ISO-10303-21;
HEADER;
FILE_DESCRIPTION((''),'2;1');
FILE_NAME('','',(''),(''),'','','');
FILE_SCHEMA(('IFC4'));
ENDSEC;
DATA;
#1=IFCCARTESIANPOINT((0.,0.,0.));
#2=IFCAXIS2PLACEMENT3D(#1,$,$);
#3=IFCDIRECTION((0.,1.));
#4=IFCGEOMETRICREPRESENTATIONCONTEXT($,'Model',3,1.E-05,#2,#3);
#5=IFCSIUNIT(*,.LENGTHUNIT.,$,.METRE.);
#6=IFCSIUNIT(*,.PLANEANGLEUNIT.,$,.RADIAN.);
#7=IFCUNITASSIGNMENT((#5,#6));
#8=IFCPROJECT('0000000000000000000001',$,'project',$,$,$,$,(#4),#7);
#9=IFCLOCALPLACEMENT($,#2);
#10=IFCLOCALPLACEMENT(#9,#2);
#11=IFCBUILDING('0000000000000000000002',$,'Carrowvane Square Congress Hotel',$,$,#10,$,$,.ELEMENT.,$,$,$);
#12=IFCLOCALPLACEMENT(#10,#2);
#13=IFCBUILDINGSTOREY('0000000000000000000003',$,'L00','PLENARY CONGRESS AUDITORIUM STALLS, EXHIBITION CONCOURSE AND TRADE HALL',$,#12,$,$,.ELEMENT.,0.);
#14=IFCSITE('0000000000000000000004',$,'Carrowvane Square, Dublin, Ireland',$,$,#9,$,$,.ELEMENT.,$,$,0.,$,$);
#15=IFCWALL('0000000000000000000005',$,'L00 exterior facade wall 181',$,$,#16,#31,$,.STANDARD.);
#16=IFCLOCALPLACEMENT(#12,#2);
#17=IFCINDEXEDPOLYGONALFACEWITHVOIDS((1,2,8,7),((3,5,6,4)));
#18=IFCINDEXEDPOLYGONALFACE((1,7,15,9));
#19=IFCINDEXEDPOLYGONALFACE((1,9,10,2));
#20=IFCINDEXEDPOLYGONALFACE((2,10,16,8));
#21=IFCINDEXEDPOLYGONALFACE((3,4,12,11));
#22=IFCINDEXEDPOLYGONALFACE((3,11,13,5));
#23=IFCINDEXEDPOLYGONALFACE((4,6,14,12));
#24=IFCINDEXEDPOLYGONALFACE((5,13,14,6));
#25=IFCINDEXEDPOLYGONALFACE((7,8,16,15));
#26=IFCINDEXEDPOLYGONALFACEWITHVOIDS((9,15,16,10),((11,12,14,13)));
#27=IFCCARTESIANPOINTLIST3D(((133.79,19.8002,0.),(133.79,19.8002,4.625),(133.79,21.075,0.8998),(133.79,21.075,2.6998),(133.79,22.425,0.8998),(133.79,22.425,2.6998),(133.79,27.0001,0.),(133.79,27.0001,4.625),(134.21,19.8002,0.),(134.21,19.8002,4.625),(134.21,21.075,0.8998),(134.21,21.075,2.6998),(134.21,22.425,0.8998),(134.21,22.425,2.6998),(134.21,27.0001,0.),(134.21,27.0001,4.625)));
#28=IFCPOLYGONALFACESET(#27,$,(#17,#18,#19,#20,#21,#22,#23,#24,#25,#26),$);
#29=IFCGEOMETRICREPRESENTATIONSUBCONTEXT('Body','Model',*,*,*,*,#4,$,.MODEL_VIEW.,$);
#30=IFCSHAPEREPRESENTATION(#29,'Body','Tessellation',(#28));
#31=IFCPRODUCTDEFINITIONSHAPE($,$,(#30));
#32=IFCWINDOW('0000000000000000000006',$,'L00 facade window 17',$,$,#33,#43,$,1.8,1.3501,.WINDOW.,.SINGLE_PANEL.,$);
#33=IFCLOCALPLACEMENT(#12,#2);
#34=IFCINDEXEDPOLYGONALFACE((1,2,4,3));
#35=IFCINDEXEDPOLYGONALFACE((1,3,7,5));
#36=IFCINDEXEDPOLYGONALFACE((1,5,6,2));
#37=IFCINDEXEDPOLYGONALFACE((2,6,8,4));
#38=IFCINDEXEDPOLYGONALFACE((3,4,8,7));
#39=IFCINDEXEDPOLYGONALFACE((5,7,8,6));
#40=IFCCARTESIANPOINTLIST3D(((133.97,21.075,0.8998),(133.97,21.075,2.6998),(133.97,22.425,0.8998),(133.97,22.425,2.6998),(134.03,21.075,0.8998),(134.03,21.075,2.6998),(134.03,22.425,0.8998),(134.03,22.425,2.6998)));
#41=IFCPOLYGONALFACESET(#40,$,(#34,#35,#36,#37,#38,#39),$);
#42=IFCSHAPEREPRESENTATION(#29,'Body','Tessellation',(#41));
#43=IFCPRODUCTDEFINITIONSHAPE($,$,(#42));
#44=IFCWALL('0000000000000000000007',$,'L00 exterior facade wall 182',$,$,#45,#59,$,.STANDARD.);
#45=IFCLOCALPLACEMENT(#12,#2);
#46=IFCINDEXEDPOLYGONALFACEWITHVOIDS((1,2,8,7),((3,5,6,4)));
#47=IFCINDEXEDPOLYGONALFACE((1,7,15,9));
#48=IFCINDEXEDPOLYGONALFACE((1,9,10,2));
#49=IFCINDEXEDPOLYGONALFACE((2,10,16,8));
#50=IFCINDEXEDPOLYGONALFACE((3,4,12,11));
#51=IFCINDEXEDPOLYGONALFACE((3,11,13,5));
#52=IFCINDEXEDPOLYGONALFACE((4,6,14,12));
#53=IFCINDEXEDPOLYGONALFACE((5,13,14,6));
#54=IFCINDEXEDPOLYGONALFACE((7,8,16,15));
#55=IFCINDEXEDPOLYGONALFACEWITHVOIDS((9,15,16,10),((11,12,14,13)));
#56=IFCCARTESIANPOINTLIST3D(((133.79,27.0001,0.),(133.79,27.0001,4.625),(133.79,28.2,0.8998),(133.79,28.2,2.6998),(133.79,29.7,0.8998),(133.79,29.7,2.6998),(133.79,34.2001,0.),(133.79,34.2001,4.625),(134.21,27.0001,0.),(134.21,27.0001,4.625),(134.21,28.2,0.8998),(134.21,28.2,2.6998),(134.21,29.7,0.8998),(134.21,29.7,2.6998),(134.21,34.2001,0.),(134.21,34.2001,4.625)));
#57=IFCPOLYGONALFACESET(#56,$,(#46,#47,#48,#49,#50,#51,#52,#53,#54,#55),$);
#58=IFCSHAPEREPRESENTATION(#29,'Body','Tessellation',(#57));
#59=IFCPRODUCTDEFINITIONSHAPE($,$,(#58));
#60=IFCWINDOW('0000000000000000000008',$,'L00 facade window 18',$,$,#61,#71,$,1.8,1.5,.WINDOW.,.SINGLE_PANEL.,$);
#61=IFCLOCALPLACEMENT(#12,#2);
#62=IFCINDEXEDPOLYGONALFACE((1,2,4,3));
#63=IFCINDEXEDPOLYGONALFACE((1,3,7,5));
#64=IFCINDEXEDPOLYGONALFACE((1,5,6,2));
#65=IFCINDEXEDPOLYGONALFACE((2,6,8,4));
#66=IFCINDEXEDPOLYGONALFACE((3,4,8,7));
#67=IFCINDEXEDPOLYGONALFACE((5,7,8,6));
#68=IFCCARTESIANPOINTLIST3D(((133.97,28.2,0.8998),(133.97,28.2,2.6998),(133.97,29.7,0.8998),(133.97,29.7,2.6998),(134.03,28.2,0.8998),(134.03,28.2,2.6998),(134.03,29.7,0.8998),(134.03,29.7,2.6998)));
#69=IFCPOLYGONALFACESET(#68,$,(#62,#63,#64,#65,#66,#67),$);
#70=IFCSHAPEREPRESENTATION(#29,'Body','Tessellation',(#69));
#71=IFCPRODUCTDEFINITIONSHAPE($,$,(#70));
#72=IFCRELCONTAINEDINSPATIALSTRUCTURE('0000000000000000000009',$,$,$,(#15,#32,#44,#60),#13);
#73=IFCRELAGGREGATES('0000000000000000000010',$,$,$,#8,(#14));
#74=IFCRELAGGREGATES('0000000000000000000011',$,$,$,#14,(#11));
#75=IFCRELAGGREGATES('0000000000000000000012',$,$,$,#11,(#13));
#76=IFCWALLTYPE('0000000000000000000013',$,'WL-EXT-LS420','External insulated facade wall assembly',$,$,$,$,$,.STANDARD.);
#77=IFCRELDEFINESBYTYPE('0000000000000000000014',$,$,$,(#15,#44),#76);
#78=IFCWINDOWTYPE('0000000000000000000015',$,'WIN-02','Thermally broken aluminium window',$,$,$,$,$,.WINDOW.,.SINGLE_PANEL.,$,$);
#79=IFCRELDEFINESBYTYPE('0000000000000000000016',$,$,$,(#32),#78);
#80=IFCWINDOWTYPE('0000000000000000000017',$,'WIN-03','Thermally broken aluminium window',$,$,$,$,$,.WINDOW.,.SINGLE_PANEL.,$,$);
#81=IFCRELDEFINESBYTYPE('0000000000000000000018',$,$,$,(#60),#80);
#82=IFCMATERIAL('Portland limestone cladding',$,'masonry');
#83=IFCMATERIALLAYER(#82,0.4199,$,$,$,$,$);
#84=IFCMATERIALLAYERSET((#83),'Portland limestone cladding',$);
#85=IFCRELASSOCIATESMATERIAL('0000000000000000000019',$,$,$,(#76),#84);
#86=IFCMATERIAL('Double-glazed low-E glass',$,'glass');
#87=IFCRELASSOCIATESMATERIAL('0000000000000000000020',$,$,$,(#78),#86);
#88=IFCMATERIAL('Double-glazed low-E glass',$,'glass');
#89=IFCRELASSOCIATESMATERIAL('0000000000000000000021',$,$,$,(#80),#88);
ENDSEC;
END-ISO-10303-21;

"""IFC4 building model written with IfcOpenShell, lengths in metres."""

from ifc_helpers import new_model, si_unit, direction, frame, frame_2d, origin, place, context, subcontext, project, spatial, rectangle, extrude, material, layer, layer_set, type_object, element, fill, save


model = new_model("IFC4")

# Units and contexts
model_context = context("Model", 3, precision=1e-05, world=origin(), true_north=direction((0.0, 1.0)))
body_context = subcontext(model_context, "Body", "Model", "MODEL_VIEW")
ifc_project = project(units=[si_unit("LENGTHUNIT", "METRE"), si_unit("PLANEANGLEUNIT", "RADIAN")], contexts=[model_context])

# Site, building, storey
site_placement = place(None, origin())
site = spatial("IfcSite", under=ifc_project, at=site_placement, Name="Carrowvane Square, Dublin, Ireland", CompositionType="ELEMENT", RefElevation=0.0)
building_placement = place(site_placement, origin())
building = spatial("IfcBuilding", under=site, at=building_placement, Name="Carrowvane Square Congress Hotel", CompositionType="ELEMENT")
storey_placement = place(building_placement, origin())
storey = spatial("IfcBuildingStorey", under=building, at=storey_placement, Name="L00", Description="PLENARY CONGRESS AUDITORIUM STALLS, EXHIBITION CONCOURSE AND TRADE HALL", CompositionType="ELEMENT", Elevation=0.0)

# Walls, openings, windows
ifc_material_1 = material(Name="Portland limestone cladding", Category="masonry")
ifc_layer = layer(ifc_material_1, 0.4199)
ifc_layer_set = layer_set([ifc_layer], Name="Portland limestone cladding")
wall_type = type_object("IfcWallType", Name="WL-EXT-LS420", Description="External insulated facade wall assembly", PredefinedType="STANDARD", material=ifc_layer_set)
wall_1_placement = place(storey_placement, frame((134.0, 19.8, 0.0), z_axis=(0.0, 0.0, 1.0), x_axis=(0.0, 1.0, 0.0)))
wall_1 = element("IfcWall", 1, at=wall_1_placement, inside=storey, type_object=wall_type, Name="L00 exterior facade wall 181", PredefinedType="STANDARD", context=body_context, shape_type="SweptSolid", body=[
    extrude(rectangle(XDim=7.2, YDim=0.4199, at=frame_2d((3.6001, 0.0))), origin(), (0.0, 0.0, 1.0), 4.625),
])
opening_1_placement = place(wall_1_placement, frame((1.2749, 0.0, 0.8999)))
opening_1 = element("IfcOpeningElement", 2, at=opening_1_placement, cuts=wall_1, PredefinedType="OPENING", context=body_context, shape_type="SweptSolid", body=[
    extrude(rectangle(XDim=1.3501, YDim=1.8, at=frame_2d((0.675, 0.8999))), frame((0.0, 0.22, 0.0), z_axis=(0.0, -1.0, 0.0), x_axis=(1.0, 0.0, 0.0)), (0.0, 0.0, 1.0), 0.4399),
])
ifc_material_2 = material(Name="Double-glazed low-E glass", Category="glass")
window_type_1 = type_object("IfcWindowType", Name="WIN-02", Description="Thermally broken aluminium window", PartitioningType="SINGLE_PANEL", PredefinedType="WINDOW", material=ifc_material_2)
window_1_placement = place(opening_1_placement, origin())
window_1 = element("IfcWindow", 3, at=window_1_placement, inside=storey, type_object=window_type_1, Name="L00 facade window 17", OverallHeight=1.8, OverallWidth=1.3501, PartitioningType="SINGLE_PANEL", PredefinedType="WINDOW", context=body_context, shape_type="SweptSolid", body=[
    extrude(rectangle(XDim=1.3501, YDim=1.8, at=frame_2d((0.675, 0.8999))), frame((0.0, 0.03, 0.0), z_axis=(0.0, -1.0, 0.0), x_axis=(1.0, 0.0, 0.0)), (0.0, 0.0, 1.0), 0.0601),
])
fill(opening_1, window_1)
wall_2_placement = place(storey_placement, frame((134.0, 27.0, 0.0), z_axis=(0.0, 0.0, 1.0), x_axis=(0.0, 1.0, 0.0)))
wall_2 = element("IfcWall", 4, at=wall_2_placement, inside=storey, type_object=wall_type, Name="L00 exterior facade wall 182", PredefinedType="STANDARD", context=body_context, shape_type="SweptSolid", body=[
    extrude(rectangle(XDim=7.2, YDim=0.4199, at=frame_2d((3.6001, 0.0))), origin(), (0.0, 0.0, 1.0), 4.625),
])
opening_2_placement = place(wall_2_placement, frame((1.2, 0.0, 0.8999)))
opening_2 = element("IfcOpeningElement", 5, at=opening_2_placement, cuts=wall_2, PredefinedType="OPENING", context=body_context, shape_type="SweptSolid", body=[
    extrude(rectangle(XDim=1.5, YDim=1.8, at=frame_2d((0.75, 0.8999))), frame((0.0, 0.22, 0.0), z_axis=(0.0, -1.0, 0.0), x_axis=(1.0, 0.0, 0.0)), (0.0, 0.0, 1.0), 0.4399),
])
ifc_material_3 = material(Name="Double-glazed low-E glass", Category="glass")
window_type_2 = type_object("IfcWindowType", Name="WIN-03", Description="Thermally broken aluminium window", PartitioningType="SINGLE_PANEL", PredefinedType="WINDOW", material=ifc_material_3)
window_2_placement = place(opening_2_placement, origin())
window_2 = element("IfcWindow", 6, at=window_2_placement, inside=storey, type_object=window_type_2, Name="L00 facade window 18", OverallHeight=1.8, OverallWidth=1.5, PartitioningType="SINGLE_PANEL", PredefinedType="WINDOW", context=body_context, shape_type="SweptSolid", body=[
    extrude(rectangle(XDim=1.5, YDim=1.8, at=frame_2d((0.75, 0.8999))), frame((0.0, 0.03, 0.0), z_axis=(0.0, -1.0, 0.0), x_axis=(1.0, 0.0, 0.0)), (0.0, 0.0, 1.0), 0.0601),
])
fill(opening_2, window_2)

save(model, "model.ifc")
